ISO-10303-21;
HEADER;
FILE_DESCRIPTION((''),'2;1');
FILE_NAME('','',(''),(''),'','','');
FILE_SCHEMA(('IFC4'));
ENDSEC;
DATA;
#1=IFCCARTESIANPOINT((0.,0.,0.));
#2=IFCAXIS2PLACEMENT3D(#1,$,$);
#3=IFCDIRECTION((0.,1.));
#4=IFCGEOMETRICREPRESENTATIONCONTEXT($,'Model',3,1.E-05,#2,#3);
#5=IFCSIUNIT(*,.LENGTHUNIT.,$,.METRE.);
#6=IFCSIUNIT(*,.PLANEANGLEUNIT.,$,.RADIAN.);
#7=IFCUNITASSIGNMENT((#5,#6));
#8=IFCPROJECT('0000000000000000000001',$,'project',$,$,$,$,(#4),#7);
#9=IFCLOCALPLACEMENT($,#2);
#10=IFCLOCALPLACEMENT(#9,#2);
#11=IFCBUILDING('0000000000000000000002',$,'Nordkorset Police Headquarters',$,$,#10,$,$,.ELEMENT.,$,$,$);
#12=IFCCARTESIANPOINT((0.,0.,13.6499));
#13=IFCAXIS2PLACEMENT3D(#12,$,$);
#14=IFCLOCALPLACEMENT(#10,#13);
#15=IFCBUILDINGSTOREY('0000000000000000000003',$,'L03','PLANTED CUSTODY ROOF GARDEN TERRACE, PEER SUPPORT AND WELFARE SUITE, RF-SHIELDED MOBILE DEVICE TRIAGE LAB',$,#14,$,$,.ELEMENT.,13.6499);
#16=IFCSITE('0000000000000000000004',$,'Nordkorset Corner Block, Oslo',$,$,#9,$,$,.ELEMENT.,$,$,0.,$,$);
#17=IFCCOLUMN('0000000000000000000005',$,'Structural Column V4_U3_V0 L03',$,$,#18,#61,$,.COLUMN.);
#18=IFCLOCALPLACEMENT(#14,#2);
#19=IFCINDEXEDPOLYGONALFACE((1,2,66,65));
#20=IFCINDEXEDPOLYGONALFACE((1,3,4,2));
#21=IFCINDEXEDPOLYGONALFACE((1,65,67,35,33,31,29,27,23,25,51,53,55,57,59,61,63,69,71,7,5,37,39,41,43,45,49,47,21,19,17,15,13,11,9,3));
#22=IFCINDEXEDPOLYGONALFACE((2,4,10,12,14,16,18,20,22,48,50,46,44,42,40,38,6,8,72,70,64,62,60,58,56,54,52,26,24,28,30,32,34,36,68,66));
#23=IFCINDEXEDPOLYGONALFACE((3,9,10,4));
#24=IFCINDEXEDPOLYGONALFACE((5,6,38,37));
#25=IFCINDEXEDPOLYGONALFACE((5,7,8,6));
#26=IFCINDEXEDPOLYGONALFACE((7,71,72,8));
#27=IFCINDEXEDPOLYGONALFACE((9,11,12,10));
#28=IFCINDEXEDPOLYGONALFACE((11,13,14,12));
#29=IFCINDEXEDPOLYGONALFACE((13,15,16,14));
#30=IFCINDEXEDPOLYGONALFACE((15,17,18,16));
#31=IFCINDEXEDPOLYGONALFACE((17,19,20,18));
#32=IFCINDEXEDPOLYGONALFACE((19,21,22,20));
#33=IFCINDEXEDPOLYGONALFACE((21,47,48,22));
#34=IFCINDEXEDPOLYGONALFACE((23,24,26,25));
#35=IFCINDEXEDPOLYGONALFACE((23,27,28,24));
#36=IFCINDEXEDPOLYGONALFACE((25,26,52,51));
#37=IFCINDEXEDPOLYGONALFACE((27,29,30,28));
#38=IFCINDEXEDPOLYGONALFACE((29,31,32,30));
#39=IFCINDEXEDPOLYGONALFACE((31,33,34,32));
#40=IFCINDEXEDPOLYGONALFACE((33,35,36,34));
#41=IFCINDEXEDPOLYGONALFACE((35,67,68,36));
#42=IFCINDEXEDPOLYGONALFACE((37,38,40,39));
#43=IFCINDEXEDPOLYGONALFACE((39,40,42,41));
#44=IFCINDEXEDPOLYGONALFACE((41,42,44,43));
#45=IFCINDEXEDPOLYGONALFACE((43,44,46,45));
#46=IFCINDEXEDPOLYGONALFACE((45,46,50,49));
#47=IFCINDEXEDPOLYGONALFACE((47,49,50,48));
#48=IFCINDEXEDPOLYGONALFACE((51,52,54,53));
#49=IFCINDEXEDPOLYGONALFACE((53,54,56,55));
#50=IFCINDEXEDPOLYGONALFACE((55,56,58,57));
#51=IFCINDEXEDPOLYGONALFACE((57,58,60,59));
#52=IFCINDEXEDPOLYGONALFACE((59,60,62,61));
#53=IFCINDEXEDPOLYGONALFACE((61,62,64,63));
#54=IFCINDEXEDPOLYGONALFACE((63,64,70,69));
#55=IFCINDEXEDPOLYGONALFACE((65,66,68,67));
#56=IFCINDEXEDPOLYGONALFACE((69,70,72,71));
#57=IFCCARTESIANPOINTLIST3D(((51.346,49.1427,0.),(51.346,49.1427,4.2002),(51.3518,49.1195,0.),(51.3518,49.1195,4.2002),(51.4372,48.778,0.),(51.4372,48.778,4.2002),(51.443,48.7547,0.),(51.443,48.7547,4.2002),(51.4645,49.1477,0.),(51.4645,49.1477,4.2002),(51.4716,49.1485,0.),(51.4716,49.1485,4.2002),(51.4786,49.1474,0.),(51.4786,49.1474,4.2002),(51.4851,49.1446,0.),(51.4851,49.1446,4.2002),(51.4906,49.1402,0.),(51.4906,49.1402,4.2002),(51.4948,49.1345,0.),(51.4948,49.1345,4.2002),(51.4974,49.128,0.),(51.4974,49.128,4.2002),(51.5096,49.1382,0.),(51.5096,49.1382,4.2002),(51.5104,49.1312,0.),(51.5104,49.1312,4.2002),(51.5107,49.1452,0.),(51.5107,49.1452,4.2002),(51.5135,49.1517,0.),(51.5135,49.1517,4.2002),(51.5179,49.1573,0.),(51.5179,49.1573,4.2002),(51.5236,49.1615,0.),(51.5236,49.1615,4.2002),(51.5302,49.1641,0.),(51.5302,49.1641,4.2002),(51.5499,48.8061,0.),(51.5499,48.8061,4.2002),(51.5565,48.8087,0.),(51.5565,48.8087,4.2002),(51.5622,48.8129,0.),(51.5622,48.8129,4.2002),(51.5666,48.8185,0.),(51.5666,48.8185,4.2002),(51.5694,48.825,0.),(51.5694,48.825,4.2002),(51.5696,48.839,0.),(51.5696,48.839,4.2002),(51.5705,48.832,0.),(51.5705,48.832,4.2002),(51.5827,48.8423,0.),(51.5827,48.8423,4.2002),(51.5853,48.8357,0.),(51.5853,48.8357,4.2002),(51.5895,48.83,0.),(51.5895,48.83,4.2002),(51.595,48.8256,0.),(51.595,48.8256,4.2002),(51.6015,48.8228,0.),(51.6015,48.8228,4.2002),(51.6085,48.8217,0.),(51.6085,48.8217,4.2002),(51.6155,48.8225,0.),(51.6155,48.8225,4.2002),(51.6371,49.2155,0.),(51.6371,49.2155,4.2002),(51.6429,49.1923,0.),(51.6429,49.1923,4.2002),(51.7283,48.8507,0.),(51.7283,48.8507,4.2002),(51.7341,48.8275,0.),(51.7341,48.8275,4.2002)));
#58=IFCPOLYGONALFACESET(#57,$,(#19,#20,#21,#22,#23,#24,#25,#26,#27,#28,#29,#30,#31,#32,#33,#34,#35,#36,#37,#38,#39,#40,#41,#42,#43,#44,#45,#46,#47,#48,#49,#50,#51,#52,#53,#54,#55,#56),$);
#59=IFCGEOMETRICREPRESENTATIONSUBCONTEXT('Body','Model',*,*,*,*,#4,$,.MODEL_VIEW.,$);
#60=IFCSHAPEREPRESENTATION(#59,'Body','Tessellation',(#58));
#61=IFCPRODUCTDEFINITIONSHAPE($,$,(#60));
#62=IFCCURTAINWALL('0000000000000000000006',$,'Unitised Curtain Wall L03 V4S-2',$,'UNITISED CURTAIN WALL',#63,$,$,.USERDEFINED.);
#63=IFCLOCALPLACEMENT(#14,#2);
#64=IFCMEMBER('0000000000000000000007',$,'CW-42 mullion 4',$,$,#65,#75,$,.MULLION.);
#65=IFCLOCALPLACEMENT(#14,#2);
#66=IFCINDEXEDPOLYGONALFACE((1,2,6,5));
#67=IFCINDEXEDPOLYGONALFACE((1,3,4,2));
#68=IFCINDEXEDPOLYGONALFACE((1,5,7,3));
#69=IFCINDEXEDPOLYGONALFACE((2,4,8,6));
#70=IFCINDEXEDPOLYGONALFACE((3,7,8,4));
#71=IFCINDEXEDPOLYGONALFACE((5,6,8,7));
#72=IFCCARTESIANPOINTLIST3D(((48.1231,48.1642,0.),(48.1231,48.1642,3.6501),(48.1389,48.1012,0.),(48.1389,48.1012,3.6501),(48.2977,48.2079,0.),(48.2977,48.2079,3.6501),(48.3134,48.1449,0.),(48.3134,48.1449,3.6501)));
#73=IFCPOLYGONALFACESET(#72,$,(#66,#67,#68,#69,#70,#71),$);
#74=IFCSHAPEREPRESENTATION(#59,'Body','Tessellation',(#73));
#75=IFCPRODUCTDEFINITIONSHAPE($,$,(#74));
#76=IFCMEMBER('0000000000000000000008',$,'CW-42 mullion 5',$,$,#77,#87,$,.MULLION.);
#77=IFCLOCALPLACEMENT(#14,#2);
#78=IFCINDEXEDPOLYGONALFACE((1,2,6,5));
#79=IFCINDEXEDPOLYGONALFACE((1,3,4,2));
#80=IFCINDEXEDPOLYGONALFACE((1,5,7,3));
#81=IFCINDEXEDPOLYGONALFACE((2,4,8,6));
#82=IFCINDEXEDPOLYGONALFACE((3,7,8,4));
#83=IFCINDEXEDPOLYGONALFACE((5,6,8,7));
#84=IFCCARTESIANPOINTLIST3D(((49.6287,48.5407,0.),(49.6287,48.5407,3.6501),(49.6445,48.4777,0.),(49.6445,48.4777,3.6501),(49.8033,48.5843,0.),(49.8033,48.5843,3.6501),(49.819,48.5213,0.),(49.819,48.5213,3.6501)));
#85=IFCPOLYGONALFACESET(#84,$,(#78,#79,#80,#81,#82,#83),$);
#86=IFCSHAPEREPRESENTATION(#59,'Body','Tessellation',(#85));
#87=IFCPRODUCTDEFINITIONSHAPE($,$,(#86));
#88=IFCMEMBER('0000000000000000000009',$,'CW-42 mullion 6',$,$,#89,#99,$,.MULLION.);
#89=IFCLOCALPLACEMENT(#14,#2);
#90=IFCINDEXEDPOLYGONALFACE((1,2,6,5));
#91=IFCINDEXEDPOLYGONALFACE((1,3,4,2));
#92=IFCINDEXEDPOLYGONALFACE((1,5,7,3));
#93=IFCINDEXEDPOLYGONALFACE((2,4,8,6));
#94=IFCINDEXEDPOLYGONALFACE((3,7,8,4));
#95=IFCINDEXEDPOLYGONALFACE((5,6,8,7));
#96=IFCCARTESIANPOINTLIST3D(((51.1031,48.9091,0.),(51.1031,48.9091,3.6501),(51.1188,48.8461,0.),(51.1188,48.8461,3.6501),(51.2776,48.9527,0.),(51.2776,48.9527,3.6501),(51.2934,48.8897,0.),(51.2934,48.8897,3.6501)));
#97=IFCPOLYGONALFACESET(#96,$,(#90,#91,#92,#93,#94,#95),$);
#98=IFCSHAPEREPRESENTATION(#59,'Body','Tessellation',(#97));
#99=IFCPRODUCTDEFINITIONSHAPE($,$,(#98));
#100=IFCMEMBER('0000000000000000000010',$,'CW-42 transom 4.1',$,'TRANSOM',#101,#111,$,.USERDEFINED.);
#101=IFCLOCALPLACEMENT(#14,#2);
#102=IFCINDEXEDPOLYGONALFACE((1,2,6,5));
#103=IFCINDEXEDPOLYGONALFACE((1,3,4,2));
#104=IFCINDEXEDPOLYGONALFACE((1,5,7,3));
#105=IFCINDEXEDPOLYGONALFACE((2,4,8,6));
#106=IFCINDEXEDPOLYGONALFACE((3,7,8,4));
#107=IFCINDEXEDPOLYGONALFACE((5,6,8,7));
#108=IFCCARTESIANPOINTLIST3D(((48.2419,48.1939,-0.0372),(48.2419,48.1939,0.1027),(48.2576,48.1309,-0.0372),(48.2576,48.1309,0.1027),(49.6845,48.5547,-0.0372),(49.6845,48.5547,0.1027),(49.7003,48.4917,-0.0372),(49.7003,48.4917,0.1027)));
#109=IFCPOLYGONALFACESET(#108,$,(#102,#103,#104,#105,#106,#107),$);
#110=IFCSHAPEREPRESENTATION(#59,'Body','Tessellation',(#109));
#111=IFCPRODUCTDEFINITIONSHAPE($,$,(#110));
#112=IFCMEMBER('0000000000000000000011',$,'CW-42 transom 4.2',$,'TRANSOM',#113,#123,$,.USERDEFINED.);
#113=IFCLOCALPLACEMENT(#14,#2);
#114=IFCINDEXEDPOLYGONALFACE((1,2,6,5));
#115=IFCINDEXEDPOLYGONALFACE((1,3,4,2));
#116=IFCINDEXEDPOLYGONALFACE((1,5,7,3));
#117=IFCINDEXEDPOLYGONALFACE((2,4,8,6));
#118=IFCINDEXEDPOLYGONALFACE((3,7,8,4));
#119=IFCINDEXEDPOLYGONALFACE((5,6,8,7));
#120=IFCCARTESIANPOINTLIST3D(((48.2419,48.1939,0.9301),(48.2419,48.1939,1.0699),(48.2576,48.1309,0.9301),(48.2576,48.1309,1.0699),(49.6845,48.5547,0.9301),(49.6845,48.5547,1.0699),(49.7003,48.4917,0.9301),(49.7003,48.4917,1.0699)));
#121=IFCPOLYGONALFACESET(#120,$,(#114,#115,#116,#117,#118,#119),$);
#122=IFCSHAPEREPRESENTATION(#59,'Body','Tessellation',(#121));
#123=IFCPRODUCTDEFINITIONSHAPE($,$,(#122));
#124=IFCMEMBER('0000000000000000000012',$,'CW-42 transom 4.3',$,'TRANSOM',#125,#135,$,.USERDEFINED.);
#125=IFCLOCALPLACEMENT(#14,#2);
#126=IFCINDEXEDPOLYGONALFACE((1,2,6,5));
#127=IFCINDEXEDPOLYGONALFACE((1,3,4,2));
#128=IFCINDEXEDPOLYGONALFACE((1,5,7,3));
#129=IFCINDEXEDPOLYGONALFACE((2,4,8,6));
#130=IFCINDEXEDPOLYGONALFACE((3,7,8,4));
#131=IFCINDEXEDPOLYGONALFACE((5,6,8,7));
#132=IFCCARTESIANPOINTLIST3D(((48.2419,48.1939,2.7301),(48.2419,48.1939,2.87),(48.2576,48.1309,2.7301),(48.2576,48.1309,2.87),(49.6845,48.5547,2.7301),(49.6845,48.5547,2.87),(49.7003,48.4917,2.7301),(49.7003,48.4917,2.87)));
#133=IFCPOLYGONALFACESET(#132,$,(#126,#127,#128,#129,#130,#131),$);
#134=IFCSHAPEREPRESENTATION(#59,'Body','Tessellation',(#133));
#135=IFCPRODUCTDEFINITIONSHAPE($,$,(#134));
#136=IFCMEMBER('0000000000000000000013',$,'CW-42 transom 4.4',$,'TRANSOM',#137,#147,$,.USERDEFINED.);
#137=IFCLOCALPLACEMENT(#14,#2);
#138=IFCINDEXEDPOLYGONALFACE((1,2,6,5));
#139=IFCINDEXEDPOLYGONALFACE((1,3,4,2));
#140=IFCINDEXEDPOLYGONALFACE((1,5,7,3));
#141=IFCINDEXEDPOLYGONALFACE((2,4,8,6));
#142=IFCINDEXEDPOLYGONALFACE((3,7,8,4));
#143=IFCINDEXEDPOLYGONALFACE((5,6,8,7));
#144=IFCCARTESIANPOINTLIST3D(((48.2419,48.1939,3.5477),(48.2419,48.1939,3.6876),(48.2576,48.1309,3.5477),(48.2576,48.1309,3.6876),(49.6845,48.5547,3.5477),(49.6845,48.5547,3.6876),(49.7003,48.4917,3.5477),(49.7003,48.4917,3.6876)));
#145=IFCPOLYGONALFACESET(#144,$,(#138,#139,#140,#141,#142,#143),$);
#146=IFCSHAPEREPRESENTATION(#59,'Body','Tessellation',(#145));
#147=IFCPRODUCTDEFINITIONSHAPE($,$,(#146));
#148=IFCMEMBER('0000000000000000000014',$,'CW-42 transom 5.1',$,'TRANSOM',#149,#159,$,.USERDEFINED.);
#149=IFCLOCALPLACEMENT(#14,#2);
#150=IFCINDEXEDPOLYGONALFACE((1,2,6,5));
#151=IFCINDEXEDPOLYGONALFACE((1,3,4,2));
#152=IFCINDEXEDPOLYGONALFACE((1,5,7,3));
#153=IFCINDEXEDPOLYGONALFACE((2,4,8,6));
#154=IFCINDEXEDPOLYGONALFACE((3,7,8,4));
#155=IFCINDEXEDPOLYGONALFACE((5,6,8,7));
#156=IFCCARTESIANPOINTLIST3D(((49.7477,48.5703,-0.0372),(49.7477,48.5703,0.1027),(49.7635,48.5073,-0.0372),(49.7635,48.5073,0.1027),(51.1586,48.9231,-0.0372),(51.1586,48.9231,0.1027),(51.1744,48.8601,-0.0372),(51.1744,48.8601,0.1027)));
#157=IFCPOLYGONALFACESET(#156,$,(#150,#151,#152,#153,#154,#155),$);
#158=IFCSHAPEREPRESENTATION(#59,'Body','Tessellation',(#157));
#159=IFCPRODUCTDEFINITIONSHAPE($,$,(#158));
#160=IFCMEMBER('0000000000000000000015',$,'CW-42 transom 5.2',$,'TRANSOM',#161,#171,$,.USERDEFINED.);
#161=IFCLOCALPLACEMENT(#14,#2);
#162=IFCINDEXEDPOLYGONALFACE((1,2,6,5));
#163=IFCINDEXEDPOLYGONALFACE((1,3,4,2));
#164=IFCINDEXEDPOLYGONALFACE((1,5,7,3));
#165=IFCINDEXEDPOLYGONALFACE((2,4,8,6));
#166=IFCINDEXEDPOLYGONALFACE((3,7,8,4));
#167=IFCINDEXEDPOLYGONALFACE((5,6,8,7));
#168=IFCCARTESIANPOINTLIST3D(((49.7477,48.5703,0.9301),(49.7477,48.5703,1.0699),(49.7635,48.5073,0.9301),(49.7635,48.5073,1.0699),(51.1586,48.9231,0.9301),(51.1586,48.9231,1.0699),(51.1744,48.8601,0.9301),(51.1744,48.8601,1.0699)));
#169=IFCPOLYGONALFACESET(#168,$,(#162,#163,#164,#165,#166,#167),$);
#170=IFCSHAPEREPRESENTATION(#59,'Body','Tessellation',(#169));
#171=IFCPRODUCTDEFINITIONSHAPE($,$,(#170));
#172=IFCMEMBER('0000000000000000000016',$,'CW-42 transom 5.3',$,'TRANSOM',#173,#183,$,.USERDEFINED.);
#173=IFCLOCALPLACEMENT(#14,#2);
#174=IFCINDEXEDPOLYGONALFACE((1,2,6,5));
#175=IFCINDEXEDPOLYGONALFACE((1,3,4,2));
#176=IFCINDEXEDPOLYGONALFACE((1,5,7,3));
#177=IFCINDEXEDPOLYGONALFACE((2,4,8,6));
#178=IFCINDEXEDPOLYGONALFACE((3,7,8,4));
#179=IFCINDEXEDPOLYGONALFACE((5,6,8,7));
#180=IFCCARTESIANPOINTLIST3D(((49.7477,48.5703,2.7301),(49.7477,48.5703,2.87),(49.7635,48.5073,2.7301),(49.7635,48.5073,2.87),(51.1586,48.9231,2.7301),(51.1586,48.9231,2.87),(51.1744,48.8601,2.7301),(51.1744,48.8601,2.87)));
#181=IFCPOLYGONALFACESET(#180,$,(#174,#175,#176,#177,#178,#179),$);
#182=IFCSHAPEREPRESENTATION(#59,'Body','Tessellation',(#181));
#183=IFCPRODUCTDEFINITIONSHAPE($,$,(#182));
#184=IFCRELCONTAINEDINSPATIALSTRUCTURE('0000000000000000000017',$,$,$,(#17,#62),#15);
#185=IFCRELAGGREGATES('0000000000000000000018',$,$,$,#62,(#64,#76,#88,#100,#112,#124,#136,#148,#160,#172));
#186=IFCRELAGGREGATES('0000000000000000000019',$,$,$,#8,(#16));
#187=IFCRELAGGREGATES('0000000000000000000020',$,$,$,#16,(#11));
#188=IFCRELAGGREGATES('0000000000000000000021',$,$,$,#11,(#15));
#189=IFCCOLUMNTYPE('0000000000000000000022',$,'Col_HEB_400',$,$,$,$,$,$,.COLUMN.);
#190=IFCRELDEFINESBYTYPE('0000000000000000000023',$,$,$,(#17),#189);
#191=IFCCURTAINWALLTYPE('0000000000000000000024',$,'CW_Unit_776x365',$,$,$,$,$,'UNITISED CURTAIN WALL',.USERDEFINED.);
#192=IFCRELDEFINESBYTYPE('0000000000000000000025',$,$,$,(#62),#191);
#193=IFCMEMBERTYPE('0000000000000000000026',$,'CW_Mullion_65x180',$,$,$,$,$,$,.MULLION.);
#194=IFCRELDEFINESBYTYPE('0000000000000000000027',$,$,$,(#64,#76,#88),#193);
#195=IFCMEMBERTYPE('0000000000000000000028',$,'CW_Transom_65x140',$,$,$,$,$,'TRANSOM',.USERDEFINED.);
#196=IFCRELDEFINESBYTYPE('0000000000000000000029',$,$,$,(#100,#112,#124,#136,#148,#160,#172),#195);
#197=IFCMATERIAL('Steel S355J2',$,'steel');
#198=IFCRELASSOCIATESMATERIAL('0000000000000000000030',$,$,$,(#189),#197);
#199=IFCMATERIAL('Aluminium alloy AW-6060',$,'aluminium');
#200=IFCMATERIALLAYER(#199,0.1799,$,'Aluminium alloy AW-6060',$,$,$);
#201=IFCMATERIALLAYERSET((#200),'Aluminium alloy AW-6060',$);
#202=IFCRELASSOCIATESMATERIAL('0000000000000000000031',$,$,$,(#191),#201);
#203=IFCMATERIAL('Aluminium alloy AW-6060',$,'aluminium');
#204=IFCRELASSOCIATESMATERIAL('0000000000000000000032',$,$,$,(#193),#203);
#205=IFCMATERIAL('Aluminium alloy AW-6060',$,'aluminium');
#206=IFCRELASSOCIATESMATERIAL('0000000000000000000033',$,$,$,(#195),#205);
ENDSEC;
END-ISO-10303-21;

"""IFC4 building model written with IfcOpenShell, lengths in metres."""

from ifc_helpers import new_model, si_unit, direction, frame, origin, origin_2d, place, context, subcontext, project, spatial, rectangle, i_section, extrude, material, layer, layer_set, material_profile, profile_set, type_object, element, aggregate, save


model = new_model("IFC4")

# Units and contexts
model_context = context("Model", 3, precision=1e-05, world=origin(), true_north=direction((0.0, 1.0)))
body_context = subcontext(model_context, "Body", "Model", "MODEL_VIEW")
ifc_project = project(units=[si_unit("LENGTHUNIT", "METRE"), si_unit("PLANEANGLEUNIT", "RADIAN")], contexts=[model_context])

# Site, building, storey
site_placement = place(None, origin())
site = spatial("IfcSite", under=ifc_project, at=site_placement, Name="Nordkorset Corner Block, Oslo", CompositionType="ELEMENT", RefElevation=0.0)
building_placement = place(site_placement, origin())
building = spatial("IfcBuilding", under=site, at=building_placement, Name="Nordkorset Police Headquarters", CompositionType="ELEMENT")
storey_placement = place(building_placement, frame((0.0, 0.0, 13.6499)))
storey = spatial("IfcBuildingStorey", under=building, at=storey_placement, Name="L03", Description="PLANTED CUSTODY ROOF GARDEN TERRACE, PEER SUPPORT AND WELFARE SUITE, RF-SHIELDED MOBILE DEVICE TRIAGE LAB", CompositionType="ELEMENT", Elevation=13.6499)

# Column
ifc_material_1 = material(Name="Steel S355J2", Category="steel")
ifc_material_profile_1 = material_profile(ifc_material_1, i_section(OverallWidth=0.3, OverallDepth=0.3999, WebThickness=0.0134, FlangeThickness=0.0239, FilletRadius=0.0271, at=origin_2d()), Name="HEB 400")
ifc_profile_set_1 = profile_set([ifc_material_profile_1], Name="Steel S355J2")
column_type = type_object("IfcColumnType", Name="Col_HEB_400", PredefinedType="COLUMN", material=ifc_profile_set_1)
column_placement = place(storey_placement, frame((51.54, 48.9851, 0.0), z_axis=(0.0, 0.0, 1.0), x_axis=(0.970143, 0.242536, 0.0)))
element("IfcColumn", 1, at=column_placement, inside=storey, type_object=column_type, Name="Structural Column V4_U3_V0 L03", PredefinedType="COLUMN", context=body_context, shape_type="SweptSolid", body=[
    extrude(i_section(OverallWidth=0.3, OverallDepth=0.3999, WebThickness=0.0134, FlangeThickness=0.0239, FilletRadius=0.0271, at=origin_2d()), origin(), (0.0, 0.0, 1.0), 4.2002),
])

# Curtain wall, members
ifc_material_2 = material(Name="Aluminium alloy AW-6060", Category="aluminium")
ifc_layer_1 = layer(ifc_material_2, 0.1799, Name="Aluminium alloy AW-6060")
ifc_layer_set_1 = layer_set([ifc_layer_1], Name="Aluminium alloy AW-6060")
curtain_wall_type = type_object("IfcCurtainWallType", Name="CW_Unit_776x365", ElementType="UNITISED CURTAIN WALL", PredefinedType="USERDEFINED", material=ifc_layer_set_1)
curtain_wall_placement = place(storey_placement, origin())
curtain_wall = element("IfcCurtainWall", 2, at=curtain_wall_placement, inside=storey, type_object=curtain_wall_type, Name="Unitised Curtain Wall L03 V4S-2", ObjectType="UNITISED CURTAIN WALL", PredefinedType="USERDEFINED")
ifc_material_3 = material(Name="Aluminium alloy AW-6060", Category="aluminium")
ifc_material_profile_2 = material_profile(ifc_material_3, rectangle(XDim=0.0649, YDim=0.1799, at=origin_2d()), Name="ALU MULL 65x180")
ifc_profile_set_2 = profile_set([ifc_material_profile_2], Name="Aluminium alloy AW-6060")
member_type_1 = type_object("IfcMemberType", Name="CW_Mullion_65x180", PredefinedType="MULLION", material=ifc_profile_set_2)
member_1_placement = place(storey_placement, frame((48.2183, 48.1545, 0.0), z_axis=(0.0, 0.0, 1.0), x_axis=(-0.242535, 0.970143, 0.0)))
member_1 = element("IfcMember", 3, at=member_1_placement, type_object=member_type_1, Name="CW-42 mullion 4", PredefinedType="MULLION", context=body_context, shape_type="SweptSolid", body=[
    extrude(rectangle(XDim=0.0649, YDim=0.1799, at=origin_2d()), origin(), (0.0, 0.0, 1.0), 3.6501),
])
member_2_placement = place(storey_placement, frame((49.7239, 48.531, 0.0), z_axis=(0.0, 0.0, 1.0), x_axis=(-0.242535, 0.970143, 0.0)))
member_2 = element("IfcMember", 4, at=member_2_placement, type_object=member_type_1, Name="CW-42 mullion 5", PredefinedType="MULLION", context=body_context, shape_type="SweptSolid", body=[
    extrude(rectangle(XDim=0.0649, YDim=0.1799, at=origin_2d()), origin(), (0.0, 0.0, 1.0), 3.6501),
])
member_3_placement = place(storey_placement, frame((51.1982, 48.8994, 0.0), z_axis=(0.0, 0.0, 1.0), x_axis=(-0.242535, 0.970143, 0.0)))
member_3 = element("IfcMember", 5, at=member_3_placement, type_object=member_type_1, Name="CW-42 mullion 6", PredefinedType="MULLION", context=body_context, shape_type="SweptSolid", body=[
    extrude(rectangle(XDim=0.0649, YDim=0.1799, at=origin_2d()), origin(), (0.0, 0.0, 1.0), 3.6501),
])
ifc_material_4 = material(Name="Aluminium alloy AW-6060", Category="aluminium")
ifc_material_profile_3 = material_profile(ifc_material_4, rectangle(XDim=0.0649, YDim=0.1399, at=origin_2d()), Name="ALU TRAN 65x140")
ifc_profile_set_3 = profile_set([ifc_material_profile_3], Name="Aluminium alloy AW-6060")
member_type_2 = type_object("IfcMemberType", Name="CW_Transom_65x140", ElementType="TRANSOM", PredefinedType="USERDEFINED", material=ifc_profile_set_3)
member_4_placement = place(storey_placement, frame((48.2498, 48.1624, 0.0327), z_axis=(0.970114, 0.242652, 0.0), x_axis=(-0.242652, 0.970114, 0.0)))
member_4 = element("IfcMember", 6, at=member_4_placement, type_object=member_type_2, Name="CW-42 transom 4.1", ObjectType="TRANSOM", PredefinedType="USERDEFINED", context=body_context, shape_type="SweptSolid", body=[
    extrude(rectangle(XDim=0.0649, YDim=0.1399, at=origin_2d()), origin(), (0.0, 0.0, 1.0), 1.4871),
])
member_5_placement = place(storey_placement, frame((48.2498, 48.1624, 1.0), z_axis=(0.970114, 0.242652, 0.0), x_axis=(-0.242652, 0.970114, 0.0)))
member_5 = element("IfcMember", 7, at=member_5_placement, type_object=member_type_2, Name="CW-42 transom 4.2", ObjectType="TRANSOM", PredefinedType="USERDEFINED", context=body_context, shape_type="SweptSolid", body=[
    extrude(rectangle(XDim=0.0649, YDim=0.1399, at=origin_2d()), origin(), (0.0, 0.0, 1.0), 1.4871),
])
member_6_placement = place(storey_placement, frame((48.2498, 48.1624, 2.8), z_axis=(0.970114, 0.242652, 0.0), x_axis=(-0.242652, 0.970114, 0.0)))
member_6 = element("IfcMember", 8, at=member_6_placement, type_object=member_type_2, Name="CW-42 transom 4.3", ObjectType="TRANSOM", PredefinedType="USERDEFINED", context=body_context, shape_type="SweptSolid", body=[
    extrude(rectangle(XDim=0.0649, YDim=0.1399, at=origin_2d()), origin(), (0.0, 0.0, 1.0), 1.4871),
])
member_7_placement = place(storey_placement, frame((48.2498, 48.1624, 3.6177), z_axis=(0.970114, 0.242652, 0.0), x_axis=(-0.242652, 0.970114, 0.0)))
member_7 = element("IfcMember", 9, at=member_7_placement, type_object=member_type_2, Name="CW-42 transom 4.4", ObjectType="TRANSOM", PredefinedType="USERDEFINED", context=body_context, shape_type="SweptSolid", body=[
    extrude(rectangle(XDim=0.0649, YDim=0.1399, at=origin_2d()), origin(), (0.0, 0.0, 1.0), 1.4871),
])
member_8_placement = place(storey_placement, frame((49.7556, 48.5388, 0.0327), z_axis=(0.970133, 0.242575, 0.0), x_axis=(-0.242575, 0.970133, 0.0)))
member_8 = element("IfcMember", 10, at=member_8_placement, type_object=member_type_2, Name="CW-42 transom 5.1", ObjectType="TRANSOM", PredefinedType="USERDEFINED", context=body_context, shape_type="SweptSolid", body=[
    extrude(rectangle(XDim=0.0649, YDim=0.1399, at=origin_2d()), origin(), (0.0, 0.0, 1.0), 1.4543),
])
member_9_placement = place(storey_placement, frame((49.7556, 48.5388, 1.0), z_axis=(0.970133, 0.242575, 0.0), x_axis=(-0.242575, 0.970133, 0.0)))
member_9 = element("IfcMember", 11, at=member_9_placement, type_object=member_type_2, Name="CW-42 transom 5.2", ObjectType="TRANSOM", PredefinedType="USERDEFINED", context=body_context, shape_type="SweptSolid", body=[
    extrude(rectangle(XDim=0.0649, YDim=0.1399, at=origin_2d()), origin(), (0.0, 0.0, 1.0), 1.4543),
])
member_10_placement = place(storey_placement, frame((49.7556, 48.5388, 2.8), z_axis=(0.970133, 0.242575, 0.0), x_axis=(-0.242575, 0.970133, 0.0)))
member_10 = element("IfcMember", 12, at=member_10_placement, type_object=member_type_2, Name="CW-42 transom 5.3", ObjectType="TRANSOM", PredefinedType="USERDEFINED", context=body_context, shape_type="SweptSolid", body=[
    extrude(rectangle(XDim=0.0649, YDim=0.1399, at=origin_2d()), origin(), (0.0, 0.0, 1.0), 1.4543),
])

aggregate(curtain_wall, [member_1, member_2, member_3, member_4, member_5, member_6, member_7, member_8, member_9, member_10])

save(model, "model.ifc")
